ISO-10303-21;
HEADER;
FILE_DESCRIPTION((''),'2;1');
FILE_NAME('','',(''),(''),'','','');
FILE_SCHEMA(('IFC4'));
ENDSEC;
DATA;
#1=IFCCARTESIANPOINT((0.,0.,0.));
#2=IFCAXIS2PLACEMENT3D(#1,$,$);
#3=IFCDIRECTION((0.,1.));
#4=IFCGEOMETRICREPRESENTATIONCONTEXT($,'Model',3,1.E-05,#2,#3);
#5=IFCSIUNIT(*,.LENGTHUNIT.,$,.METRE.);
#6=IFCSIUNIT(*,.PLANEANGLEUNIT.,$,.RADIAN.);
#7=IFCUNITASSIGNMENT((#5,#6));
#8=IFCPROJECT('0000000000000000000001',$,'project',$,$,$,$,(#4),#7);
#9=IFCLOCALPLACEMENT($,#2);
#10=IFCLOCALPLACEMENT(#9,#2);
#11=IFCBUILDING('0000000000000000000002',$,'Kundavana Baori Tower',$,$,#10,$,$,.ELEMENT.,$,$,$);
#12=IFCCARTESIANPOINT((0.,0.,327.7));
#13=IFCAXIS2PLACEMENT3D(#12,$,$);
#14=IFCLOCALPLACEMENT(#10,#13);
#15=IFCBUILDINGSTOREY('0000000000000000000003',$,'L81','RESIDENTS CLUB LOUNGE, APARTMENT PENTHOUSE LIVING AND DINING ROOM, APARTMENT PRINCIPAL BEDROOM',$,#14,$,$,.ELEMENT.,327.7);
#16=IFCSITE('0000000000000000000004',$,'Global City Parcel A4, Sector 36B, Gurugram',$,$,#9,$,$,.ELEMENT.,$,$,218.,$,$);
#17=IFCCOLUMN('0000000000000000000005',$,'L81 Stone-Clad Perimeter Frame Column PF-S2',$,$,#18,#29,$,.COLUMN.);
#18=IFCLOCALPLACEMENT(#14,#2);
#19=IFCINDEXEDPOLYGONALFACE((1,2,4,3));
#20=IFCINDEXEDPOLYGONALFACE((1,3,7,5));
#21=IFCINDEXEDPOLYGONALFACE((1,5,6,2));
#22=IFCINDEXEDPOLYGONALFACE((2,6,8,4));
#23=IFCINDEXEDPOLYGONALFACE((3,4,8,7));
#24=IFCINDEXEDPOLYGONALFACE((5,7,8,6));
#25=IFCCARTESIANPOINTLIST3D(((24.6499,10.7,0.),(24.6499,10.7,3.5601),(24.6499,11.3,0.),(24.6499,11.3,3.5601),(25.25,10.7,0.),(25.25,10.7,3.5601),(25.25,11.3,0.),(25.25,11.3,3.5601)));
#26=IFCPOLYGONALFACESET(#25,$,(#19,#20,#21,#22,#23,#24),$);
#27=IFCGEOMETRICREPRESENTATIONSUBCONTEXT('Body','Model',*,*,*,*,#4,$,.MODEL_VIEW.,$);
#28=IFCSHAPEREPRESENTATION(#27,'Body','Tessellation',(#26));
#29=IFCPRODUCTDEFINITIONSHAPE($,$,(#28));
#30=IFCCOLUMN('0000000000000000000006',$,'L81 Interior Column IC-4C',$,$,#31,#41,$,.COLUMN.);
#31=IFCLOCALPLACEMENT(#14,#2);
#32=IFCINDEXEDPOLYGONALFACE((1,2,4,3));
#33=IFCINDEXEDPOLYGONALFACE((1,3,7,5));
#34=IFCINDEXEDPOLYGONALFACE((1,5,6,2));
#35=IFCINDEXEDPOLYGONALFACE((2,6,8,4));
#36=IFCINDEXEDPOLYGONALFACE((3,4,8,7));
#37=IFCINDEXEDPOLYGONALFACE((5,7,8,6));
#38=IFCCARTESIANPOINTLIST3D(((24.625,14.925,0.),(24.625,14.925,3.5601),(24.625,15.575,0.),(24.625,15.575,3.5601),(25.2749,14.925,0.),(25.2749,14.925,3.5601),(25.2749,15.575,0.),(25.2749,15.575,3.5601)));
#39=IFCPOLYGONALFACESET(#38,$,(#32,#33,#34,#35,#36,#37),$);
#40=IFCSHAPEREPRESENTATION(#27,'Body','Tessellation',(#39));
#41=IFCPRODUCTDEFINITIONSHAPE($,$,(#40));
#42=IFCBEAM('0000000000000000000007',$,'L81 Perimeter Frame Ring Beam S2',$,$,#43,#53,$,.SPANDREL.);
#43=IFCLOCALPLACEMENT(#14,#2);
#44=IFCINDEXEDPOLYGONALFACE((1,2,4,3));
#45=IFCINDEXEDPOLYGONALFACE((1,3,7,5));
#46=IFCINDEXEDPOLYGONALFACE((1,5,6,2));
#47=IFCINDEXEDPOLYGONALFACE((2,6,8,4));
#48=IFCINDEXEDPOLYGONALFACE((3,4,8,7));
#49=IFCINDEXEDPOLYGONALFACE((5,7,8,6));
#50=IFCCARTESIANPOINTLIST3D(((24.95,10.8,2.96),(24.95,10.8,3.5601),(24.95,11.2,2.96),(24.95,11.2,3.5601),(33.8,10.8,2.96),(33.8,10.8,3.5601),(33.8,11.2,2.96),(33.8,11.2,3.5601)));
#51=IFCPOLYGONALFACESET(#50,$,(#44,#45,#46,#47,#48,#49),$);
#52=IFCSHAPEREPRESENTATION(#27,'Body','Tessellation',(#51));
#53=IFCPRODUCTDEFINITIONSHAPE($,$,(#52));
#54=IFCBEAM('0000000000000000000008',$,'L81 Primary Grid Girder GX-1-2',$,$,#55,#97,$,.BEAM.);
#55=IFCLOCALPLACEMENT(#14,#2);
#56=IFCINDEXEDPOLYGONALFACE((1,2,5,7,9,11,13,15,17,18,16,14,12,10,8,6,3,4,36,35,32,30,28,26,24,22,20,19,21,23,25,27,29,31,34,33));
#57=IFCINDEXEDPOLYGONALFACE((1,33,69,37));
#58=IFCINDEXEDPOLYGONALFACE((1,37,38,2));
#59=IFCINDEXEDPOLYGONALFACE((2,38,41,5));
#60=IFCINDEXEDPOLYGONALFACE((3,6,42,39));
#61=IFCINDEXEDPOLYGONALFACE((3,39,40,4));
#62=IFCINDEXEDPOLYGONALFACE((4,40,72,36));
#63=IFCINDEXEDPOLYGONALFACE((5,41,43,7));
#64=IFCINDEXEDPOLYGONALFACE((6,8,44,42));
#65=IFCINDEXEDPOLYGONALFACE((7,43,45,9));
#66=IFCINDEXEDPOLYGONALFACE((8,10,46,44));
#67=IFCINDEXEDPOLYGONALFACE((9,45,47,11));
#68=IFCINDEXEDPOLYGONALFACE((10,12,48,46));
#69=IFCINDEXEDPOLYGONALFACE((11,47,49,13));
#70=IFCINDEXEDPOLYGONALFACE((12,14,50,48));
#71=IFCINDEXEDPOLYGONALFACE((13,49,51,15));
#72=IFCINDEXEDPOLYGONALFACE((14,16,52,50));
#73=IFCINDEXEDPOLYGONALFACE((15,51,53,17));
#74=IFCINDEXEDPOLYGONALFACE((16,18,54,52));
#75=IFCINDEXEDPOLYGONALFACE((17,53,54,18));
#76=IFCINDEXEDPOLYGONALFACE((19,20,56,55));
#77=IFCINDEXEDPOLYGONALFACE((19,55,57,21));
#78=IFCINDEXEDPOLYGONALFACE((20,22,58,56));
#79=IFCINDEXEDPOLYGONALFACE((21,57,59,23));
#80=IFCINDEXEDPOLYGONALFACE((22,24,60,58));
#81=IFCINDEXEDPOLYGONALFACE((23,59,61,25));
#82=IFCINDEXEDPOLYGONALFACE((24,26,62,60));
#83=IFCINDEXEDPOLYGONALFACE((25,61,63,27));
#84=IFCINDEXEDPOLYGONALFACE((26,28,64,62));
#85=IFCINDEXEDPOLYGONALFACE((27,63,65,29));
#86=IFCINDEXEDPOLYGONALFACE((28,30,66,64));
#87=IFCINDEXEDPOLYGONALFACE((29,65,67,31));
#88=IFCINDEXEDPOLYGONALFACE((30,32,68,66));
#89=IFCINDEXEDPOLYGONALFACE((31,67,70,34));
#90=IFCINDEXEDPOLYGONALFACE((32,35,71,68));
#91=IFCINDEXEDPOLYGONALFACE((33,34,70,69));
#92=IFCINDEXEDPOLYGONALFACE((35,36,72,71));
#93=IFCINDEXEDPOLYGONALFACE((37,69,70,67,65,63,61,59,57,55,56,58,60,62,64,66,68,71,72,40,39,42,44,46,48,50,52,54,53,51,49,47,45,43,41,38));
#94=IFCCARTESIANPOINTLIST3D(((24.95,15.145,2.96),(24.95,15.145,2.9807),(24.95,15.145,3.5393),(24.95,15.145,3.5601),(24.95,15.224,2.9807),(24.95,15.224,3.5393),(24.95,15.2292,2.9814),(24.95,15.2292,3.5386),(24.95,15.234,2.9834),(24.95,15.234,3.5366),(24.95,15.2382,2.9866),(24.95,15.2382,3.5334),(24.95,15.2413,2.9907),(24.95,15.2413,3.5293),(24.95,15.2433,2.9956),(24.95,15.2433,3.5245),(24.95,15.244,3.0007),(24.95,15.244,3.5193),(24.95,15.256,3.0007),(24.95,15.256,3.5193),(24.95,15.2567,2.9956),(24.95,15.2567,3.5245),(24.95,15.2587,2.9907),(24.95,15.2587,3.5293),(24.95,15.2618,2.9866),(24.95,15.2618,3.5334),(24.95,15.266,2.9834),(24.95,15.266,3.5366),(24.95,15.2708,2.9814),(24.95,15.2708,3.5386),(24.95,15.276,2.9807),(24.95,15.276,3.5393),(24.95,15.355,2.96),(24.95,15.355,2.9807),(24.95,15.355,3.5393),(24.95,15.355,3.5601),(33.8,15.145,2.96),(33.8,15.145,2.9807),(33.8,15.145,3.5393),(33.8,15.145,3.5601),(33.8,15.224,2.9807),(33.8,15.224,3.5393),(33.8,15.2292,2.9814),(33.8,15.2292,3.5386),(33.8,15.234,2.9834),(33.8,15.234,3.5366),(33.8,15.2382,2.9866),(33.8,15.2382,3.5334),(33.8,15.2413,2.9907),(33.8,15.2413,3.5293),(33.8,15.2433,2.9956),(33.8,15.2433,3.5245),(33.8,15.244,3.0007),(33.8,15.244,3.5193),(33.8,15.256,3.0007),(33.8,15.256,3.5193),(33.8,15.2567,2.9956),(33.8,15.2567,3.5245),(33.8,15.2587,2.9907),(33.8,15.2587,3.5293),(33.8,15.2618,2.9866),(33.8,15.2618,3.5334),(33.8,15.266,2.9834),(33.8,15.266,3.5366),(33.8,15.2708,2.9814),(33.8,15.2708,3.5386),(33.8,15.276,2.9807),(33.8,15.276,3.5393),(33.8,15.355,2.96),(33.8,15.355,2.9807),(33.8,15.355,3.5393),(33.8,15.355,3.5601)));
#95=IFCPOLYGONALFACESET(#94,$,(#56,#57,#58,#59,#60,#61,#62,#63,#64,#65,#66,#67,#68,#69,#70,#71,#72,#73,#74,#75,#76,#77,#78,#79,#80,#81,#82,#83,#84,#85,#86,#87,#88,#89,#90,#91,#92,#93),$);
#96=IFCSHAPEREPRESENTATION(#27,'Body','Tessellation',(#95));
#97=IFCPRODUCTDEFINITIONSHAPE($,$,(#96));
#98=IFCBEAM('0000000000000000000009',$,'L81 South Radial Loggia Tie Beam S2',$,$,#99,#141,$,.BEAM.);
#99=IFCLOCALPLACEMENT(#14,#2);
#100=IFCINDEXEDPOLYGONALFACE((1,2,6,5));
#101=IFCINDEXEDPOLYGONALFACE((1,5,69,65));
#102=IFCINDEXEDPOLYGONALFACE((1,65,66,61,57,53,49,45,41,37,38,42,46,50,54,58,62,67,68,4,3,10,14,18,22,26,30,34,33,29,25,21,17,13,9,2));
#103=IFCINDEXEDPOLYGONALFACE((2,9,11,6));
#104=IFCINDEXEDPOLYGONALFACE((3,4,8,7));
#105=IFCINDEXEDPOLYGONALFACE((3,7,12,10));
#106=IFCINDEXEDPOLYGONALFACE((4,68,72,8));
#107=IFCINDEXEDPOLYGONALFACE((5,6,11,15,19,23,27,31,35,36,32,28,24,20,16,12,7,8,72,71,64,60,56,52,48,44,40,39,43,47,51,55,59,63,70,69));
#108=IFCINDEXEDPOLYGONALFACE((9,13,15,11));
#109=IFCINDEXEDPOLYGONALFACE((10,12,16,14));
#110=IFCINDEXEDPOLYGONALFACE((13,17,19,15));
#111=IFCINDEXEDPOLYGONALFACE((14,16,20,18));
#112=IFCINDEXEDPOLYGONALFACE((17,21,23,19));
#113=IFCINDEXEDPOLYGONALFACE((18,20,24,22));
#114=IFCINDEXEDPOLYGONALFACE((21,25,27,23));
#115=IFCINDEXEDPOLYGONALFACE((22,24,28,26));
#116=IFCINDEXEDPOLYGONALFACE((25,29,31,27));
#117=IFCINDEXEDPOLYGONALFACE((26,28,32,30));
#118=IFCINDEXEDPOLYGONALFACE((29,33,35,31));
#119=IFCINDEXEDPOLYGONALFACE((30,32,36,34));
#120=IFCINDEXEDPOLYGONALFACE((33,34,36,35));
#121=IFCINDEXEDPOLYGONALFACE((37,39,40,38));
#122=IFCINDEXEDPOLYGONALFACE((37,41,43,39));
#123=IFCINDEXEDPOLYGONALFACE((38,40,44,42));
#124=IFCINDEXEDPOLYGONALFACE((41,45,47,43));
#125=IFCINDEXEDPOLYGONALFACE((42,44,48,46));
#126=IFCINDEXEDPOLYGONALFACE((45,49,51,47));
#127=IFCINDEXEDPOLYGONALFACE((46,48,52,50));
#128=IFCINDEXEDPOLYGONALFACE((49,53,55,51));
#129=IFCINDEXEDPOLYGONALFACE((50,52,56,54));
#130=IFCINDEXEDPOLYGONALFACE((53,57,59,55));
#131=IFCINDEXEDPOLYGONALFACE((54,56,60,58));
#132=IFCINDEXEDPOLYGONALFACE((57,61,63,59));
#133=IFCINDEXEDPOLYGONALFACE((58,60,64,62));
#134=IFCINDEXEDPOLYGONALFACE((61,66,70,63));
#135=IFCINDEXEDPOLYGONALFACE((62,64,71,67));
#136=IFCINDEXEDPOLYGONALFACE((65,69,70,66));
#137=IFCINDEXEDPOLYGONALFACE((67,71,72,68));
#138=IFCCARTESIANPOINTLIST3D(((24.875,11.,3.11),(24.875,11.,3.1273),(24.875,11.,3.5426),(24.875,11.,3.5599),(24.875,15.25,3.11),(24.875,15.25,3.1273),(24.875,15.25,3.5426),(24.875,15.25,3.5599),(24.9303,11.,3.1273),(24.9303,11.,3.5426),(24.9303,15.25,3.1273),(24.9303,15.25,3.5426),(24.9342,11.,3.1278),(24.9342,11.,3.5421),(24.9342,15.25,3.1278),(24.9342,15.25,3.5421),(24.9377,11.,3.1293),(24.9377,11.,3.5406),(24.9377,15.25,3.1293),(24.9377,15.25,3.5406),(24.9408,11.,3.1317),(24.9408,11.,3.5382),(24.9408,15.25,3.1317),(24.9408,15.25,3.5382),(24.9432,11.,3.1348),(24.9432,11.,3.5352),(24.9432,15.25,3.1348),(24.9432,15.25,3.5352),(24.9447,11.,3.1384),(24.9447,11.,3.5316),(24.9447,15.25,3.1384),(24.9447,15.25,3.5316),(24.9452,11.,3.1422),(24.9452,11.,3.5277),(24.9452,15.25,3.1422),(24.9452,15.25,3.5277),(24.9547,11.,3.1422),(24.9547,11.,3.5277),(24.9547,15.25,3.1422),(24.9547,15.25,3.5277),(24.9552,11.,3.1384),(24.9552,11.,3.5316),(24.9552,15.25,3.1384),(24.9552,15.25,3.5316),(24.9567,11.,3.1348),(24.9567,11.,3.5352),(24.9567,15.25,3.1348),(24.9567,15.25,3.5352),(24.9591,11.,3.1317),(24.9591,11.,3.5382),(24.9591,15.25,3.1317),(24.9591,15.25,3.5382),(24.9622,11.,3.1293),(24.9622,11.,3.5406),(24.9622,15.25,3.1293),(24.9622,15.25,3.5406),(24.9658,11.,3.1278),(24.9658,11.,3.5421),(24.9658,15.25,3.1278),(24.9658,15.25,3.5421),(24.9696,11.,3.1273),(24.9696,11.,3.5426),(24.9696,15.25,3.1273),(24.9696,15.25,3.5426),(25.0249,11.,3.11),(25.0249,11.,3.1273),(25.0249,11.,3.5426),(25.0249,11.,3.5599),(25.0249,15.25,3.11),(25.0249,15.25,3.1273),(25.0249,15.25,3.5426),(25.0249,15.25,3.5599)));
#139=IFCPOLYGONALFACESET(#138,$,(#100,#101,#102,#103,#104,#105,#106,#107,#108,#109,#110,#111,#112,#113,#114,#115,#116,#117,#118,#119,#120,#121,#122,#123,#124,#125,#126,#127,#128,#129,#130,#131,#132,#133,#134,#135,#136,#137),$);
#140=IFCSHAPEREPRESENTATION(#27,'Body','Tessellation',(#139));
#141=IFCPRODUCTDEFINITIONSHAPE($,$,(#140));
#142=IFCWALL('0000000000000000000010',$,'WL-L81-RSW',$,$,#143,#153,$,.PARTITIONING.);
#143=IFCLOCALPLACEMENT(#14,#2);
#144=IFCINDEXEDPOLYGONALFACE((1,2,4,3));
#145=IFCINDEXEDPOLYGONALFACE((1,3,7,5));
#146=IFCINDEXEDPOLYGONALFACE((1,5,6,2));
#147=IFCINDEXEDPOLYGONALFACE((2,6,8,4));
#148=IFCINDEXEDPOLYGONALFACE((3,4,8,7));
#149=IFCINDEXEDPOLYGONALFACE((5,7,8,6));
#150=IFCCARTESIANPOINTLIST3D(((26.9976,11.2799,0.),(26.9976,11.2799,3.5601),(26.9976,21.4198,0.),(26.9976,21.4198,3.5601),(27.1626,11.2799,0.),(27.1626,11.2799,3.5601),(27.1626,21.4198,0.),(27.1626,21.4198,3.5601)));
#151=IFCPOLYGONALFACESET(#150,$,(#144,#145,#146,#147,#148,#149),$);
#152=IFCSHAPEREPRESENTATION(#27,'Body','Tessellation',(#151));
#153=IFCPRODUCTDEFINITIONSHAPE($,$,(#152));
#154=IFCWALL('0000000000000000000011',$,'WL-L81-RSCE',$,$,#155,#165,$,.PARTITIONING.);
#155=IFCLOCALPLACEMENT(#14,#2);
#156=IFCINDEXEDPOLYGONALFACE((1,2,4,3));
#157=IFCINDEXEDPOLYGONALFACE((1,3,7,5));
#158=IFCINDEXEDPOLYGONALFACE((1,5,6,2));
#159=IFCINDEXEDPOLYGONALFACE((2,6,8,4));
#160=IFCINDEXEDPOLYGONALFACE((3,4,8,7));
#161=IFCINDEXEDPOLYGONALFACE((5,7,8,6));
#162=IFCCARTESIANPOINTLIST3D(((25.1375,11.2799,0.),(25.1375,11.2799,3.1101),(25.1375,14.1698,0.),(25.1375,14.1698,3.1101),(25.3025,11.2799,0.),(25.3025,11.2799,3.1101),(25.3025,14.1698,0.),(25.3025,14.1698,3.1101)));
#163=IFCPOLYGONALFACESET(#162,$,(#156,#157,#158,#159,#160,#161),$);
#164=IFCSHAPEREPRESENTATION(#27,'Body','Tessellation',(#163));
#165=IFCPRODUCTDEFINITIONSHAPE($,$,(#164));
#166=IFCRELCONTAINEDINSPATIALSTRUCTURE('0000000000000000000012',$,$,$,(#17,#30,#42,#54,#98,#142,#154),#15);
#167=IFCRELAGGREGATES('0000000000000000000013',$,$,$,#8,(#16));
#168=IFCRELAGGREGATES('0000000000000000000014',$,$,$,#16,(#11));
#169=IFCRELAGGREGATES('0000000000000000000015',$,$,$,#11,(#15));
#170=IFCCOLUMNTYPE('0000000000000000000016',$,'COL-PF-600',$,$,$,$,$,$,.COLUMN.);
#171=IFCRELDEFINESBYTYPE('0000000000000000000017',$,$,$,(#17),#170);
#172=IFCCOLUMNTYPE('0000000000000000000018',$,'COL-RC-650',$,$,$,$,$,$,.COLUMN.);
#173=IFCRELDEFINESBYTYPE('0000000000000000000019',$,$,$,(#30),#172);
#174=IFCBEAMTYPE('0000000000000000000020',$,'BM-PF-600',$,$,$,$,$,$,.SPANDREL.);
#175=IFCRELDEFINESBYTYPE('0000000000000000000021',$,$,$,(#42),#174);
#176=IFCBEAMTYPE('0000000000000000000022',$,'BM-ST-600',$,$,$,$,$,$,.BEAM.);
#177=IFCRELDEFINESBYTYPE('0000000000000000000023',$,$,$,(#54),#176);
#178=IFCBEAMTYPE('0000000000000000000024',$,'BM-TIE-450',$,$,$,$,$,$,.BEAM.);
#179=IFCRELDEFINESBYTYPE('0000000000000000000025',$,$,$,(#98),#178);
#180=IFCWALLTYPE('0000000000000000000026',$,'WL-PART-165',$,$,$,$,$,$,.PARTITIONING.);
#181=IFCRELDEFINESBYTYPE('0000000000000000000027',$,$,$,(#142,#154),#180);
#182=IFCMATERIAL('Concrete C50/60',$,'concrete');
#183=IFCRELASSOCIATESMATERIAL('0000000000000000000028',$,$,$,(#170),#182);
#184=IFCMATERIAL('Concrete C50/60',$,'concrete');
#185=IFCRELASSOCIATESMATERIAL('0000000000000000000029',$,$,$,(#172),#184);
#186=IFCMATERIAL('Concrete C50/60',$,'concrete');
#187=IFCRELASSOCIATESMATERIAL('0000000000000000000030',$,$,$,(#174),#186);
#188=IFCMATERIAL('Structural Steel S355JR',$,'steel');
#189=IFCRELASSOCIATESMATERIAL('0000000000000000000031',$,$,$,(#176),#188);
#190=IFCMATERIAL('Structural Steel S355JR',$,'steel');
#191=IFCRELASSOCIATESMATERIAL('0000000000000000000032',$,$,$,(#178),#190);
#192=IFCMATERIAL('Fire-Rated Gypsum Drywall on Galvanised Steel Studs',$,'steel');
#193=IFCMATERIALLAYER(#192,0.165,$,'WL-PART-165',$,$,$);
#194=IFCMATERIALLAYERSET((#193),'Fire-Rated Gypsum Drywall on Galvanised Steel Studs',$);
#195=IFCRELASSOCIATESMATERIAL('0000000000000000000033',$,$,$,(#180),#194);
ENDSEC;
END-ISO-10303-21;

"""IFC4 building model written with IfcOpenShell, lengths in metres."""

from ifc_helpers import new_model, si_unit, direction, frame, frame_2d, origin, origin_2d, place, context, subcontext, project, spatial, rectangle, i_section, extrude, material, layer, layer_set, material_profile, profile_set, type_object, element, save


model = new_model("IFC4")

# Units and contexts
model_context = context("Model", 3, precision=1e-05, world=origin(), true_north=direction((0.0, 1.0)))
body_context = subcontext(model_context, "Body", "Model", "MODEL_VIEW")
ifc_project = project(units=[si_unit("LENGTHUNIT", "METRE"), si_unit("PLANEANGLEUNIT", "RADIAN")], contexts=[model_context])

# Site, building, storey
site_placement = place(None, origin())
site = spatial("IfcSite", under=ifc_project, at=site_placement, Name="Global City Parcel A4, Sector 36B, Gurugram", CompositionType="ELEMENT", RefElevation=218.0)
building_placement = place(site_placement, origin())
building = spatial("IfcBuilding", under=site, at=building_placement, Name="Kundavana Baori Tower", CompositionType="ELEMENT")
storey_placement = place(building_placement, frame((0.0, 0.0, 327.7)))
storey = spatial("IfcBuildingStorey", under=building, at=storey_placement, Name="L81", Description="RESIDENTS CLUB LOUNGE, APARTMENT PENTHOUSE LIVING AND DINING ROOM, APARTMENT PRINCIPAL BEDROOM", CompositionType="ELEMENT", Elevation=327.7)

# Columns
ifc_material_1 = material(Name="Concrete C50/60", Category="concrete")
ifc_material_profile_1 = material_profile(ifc_material_1, rectangle(XDim=0.6001, YDim=0.6001, at=origin_2d()), Name="RC PF 600x600")
ifc_profile_set_1 = profile_set([ifc_material_profile_1], Name="Concrete C50/60")
column_type_1 = type_object("IfcColumnType", Name="COL-PF-600", PredefinedType="COLUMN", material=ifc_profile_set_1)
column_1_placement = place(storey_placement, frame((24.95, 11.0, 0.0), z_axis=(0.0, 0.0, 1.0), x_axis=(1.0, 0.0, 0.0)))
element("IfcColumn", 1, at=column_1_placement, inside=storey, type_object=column_type_1, Name="L81 Stone-Clad Perimeter Frame Column PF-S2", PredefinedType="COLUMN", context=body_context, shape_type="SweptSolid", body=[
    extrude(rectangle(XDim=0.6001, YDim=0.6001, at=origin_2d()), origin(), (0.0, 0.0, 1.0), 3.5601),
])
ifc_material_2 = material(Name="Concrete C50/60", Category="concrete")
ifc_material_profile_2 = material_profile(ifc_material_2, rectangle(XDim=0.6499, YDim=0.6499, at=origin_2d()), Name="RC 650x650")
ifc_profile_set_2 = profile_set([ifc_material_profile_2], Name="Concrete C50/60")
column_type_2 = type_object("IfcColumnType", Name="COL-RC-650", PredefinedType="COLUMN", material=ifc_profile_set_2)
column_2_placement = place(storey_placement, frame((24.95, 15.25, 0.0), z_axis=(0.0, 0.0, 1.0), x_axis=(1.0, 0.0, 0.0)))
element("IfcColumn", 2, at=column_2_placement, inside=storey, type_object=column_type_2, Name="L81 Interior Column IC-4C", PredefinedType="COLUMN", context=body_context, shape_type="SweptSolid", body=[
    extrude(rectangle(XDim=0.6499, YDim=0.6499, at=origin_2d()), origin(), (0.0, 0.0, 1.0), 3.5601),
])

# Beams
ifc_material_3 = material(Name="Concrete C50/60", Category="concrete")
ifc_material_profile_3 = material_profile(ifc_material_3, rectangle(XDim=0.3999, YDim=0.6001, at=origin_2d()), Name="RC BM 400x600")
ifc_profile_set_3 = profile_set([ifc_material_profile_3], Name="Concrete C50/60")
beam_type_1 = type_object("IfcBeamType", Name="BM-PF-600", PredefinedType="SPANDREL", material=ifc_profile_set_3)
beam_1_placement = place(storey_placement, frame((24.95, 11.0, 3.26), z_axis=(1.0, 0.0, 0.0), x_axis=(0.0, 1.0, 0.0)))
element("IfcBeam", 3, at=beam_1_placement, inside=storey, type_object=beam_type_1, Name="L81 Perimeter Frame Ring Beam S2", PredefinedType="SPANDREL", context=body_context, shape_type="SweptSolid", body=[
    extrude(rectangle(XDim=0.3999, YDim=0.6001, at=origin_2d()), origin(), (0.0, 0.0, 1.0), 8.8501),
])
ifc_material_4 = material(Name="Structural Steel S355JR", Category="steel")
ifc_material_profile_4 = material_profile(ifc_material_4, i_section(OverallWidth=0.21, OverallDepth=0.6001, WebThickness=0.012, FlangeThickness=0.0208, FilletRadius=0.02, at=origin_2d()), Name="ISMB 600")
ifc_profile_set_4 = profile_set([ifc_material_profile_4], Name="Structural Steel S355JR")
beam_type_2 = type_object("IfcBeamType", Name="BM-ST-600", PredefinedType="BEAM", material=ifc_profile_set_4)
beam_2_placement = place(storey_placement, frame((24.95, 15.25, 3.26), z_axis=(1.0, 0.0, 0.0), x_axis=(0.0, 1.0, 0.0)))
element("IfcBeam", 4, at=beam_2_placement, inside=storey, type_object=beam_type_2, Name="L81 Primary Grid Girder GX-1-2", PredefinedType="BEAM", context=body_context, shape_type="SweptSolid", body=[
    extrude(i_section(OverallWidth=0.21, OverallDepth=0.6001, WebThickness=0.012, FlangeThickness=0.0208, FilletRadius=0.02, at=origin_2d()), origin(), (0.0, 0.0, 1.0), 8.8501),
])
ifc_material_5 = material(Name="Structural Steel S355JR", Category="steel")
ifc_material_profile_5 = material_profile(ifc_material_5, i_section(OverallWidth=0.1499, OverallDepth=0.45, WebThickness=0.0095, FlangeThickness=0.0173, FilletRadius=0.0149, at=origin_2d()), Name="ISMB 450")
ifc_profile_set_5 = profile_set([ifc_material_profile_5], Name="Structural Steel S355JR")
beam_type_3 = type_object("IfcBeamType", Name="BM-TIE-450", PredefinedType="BEAM", material=ifc_profile_set_5)
beam_3_placement = place(storey_placement, frame((24.95, 15.25, 3.335), z_axis=(0.0, -1.0, 0.0), x_axis=(1.0, 0.0, 0.0)))
element("IfcBeam", 5, at=beam_3_placement, inside=storey, type_object=beam_type_3, Name="L81 South Radial Loggia Tie Beam S2", PredefinedType="BEAM", context=body_context, shape_type="SweptSolid", body=[
    extrude(i_section(OverallWidth=0.1499, OverallDepth=0.45, WebThickness=0.0095, FlangeThickness=0.0173, FilletRadius=0.0149, at=origin_2d()), origin(), (0.0, 0.0, 1.0), 4.25),
])

# Walls
ifc_material_6 = material(Name="Fire-Rated Gypsum Drywall on Galvanised Steel Studs", Category="steel")
ifc_layer_1 = layer(ifc_material_6, 0.165, Name="WL-PART-165")
ifc_layer_set_1 = layer_set([ifc_layer_1], Name="Fire-Rated Gypsum Drywall on Galvanised Steel Studs")
wall_type_1 = type_object("IfcWallType", Name="WL-PART-165", PredefinedType="PARTITIONING", material=ifc_layer_set_1)
wall_1_placement = place(storey_placement, frame((27.0801, 11.28, 0.0), z_axis=(0.0, 0.0, 1.0), x_axis=(0.0, 1.0, 0.0)))
element("IfcWall", 6, at=wall_1_placement, inside=storey, type_object=wall_type_1, Name="WL-L81-RSW", PredefinedType="PARTITIONING", context=body_context, shape_type="SweptSolid", body=[
    extrude(rectangle(XDim=10.1399, YDim=0.165, at=frame_2d((5.0698, 0.0))), origin(), (0.0, 0.0, 1.0), 3.5601),
])
wall_2_placement = place(storey_placement, frame((25.22, 11.28, 0.0), z_axis=(0.0, 0.0, 1.0), x_axis=(0.0, 1.0, 0.0)))
element("IfcWall", 7, at=wall_2_placement, inside=storey, type_object=wall_type_1, Name="WL-L81-RSCE", PredefinedType="PARTITIONING", context=body_context, shape_type="SweptSolid", body=[
    extrude(rectangle(XDim=2.8899, YDim=0.165, at=frame_2d((1.4448, 0.0))), origin(), (0.0, 0.0, 1.0), 3.1101),
])

save(model, "model.ifc")
